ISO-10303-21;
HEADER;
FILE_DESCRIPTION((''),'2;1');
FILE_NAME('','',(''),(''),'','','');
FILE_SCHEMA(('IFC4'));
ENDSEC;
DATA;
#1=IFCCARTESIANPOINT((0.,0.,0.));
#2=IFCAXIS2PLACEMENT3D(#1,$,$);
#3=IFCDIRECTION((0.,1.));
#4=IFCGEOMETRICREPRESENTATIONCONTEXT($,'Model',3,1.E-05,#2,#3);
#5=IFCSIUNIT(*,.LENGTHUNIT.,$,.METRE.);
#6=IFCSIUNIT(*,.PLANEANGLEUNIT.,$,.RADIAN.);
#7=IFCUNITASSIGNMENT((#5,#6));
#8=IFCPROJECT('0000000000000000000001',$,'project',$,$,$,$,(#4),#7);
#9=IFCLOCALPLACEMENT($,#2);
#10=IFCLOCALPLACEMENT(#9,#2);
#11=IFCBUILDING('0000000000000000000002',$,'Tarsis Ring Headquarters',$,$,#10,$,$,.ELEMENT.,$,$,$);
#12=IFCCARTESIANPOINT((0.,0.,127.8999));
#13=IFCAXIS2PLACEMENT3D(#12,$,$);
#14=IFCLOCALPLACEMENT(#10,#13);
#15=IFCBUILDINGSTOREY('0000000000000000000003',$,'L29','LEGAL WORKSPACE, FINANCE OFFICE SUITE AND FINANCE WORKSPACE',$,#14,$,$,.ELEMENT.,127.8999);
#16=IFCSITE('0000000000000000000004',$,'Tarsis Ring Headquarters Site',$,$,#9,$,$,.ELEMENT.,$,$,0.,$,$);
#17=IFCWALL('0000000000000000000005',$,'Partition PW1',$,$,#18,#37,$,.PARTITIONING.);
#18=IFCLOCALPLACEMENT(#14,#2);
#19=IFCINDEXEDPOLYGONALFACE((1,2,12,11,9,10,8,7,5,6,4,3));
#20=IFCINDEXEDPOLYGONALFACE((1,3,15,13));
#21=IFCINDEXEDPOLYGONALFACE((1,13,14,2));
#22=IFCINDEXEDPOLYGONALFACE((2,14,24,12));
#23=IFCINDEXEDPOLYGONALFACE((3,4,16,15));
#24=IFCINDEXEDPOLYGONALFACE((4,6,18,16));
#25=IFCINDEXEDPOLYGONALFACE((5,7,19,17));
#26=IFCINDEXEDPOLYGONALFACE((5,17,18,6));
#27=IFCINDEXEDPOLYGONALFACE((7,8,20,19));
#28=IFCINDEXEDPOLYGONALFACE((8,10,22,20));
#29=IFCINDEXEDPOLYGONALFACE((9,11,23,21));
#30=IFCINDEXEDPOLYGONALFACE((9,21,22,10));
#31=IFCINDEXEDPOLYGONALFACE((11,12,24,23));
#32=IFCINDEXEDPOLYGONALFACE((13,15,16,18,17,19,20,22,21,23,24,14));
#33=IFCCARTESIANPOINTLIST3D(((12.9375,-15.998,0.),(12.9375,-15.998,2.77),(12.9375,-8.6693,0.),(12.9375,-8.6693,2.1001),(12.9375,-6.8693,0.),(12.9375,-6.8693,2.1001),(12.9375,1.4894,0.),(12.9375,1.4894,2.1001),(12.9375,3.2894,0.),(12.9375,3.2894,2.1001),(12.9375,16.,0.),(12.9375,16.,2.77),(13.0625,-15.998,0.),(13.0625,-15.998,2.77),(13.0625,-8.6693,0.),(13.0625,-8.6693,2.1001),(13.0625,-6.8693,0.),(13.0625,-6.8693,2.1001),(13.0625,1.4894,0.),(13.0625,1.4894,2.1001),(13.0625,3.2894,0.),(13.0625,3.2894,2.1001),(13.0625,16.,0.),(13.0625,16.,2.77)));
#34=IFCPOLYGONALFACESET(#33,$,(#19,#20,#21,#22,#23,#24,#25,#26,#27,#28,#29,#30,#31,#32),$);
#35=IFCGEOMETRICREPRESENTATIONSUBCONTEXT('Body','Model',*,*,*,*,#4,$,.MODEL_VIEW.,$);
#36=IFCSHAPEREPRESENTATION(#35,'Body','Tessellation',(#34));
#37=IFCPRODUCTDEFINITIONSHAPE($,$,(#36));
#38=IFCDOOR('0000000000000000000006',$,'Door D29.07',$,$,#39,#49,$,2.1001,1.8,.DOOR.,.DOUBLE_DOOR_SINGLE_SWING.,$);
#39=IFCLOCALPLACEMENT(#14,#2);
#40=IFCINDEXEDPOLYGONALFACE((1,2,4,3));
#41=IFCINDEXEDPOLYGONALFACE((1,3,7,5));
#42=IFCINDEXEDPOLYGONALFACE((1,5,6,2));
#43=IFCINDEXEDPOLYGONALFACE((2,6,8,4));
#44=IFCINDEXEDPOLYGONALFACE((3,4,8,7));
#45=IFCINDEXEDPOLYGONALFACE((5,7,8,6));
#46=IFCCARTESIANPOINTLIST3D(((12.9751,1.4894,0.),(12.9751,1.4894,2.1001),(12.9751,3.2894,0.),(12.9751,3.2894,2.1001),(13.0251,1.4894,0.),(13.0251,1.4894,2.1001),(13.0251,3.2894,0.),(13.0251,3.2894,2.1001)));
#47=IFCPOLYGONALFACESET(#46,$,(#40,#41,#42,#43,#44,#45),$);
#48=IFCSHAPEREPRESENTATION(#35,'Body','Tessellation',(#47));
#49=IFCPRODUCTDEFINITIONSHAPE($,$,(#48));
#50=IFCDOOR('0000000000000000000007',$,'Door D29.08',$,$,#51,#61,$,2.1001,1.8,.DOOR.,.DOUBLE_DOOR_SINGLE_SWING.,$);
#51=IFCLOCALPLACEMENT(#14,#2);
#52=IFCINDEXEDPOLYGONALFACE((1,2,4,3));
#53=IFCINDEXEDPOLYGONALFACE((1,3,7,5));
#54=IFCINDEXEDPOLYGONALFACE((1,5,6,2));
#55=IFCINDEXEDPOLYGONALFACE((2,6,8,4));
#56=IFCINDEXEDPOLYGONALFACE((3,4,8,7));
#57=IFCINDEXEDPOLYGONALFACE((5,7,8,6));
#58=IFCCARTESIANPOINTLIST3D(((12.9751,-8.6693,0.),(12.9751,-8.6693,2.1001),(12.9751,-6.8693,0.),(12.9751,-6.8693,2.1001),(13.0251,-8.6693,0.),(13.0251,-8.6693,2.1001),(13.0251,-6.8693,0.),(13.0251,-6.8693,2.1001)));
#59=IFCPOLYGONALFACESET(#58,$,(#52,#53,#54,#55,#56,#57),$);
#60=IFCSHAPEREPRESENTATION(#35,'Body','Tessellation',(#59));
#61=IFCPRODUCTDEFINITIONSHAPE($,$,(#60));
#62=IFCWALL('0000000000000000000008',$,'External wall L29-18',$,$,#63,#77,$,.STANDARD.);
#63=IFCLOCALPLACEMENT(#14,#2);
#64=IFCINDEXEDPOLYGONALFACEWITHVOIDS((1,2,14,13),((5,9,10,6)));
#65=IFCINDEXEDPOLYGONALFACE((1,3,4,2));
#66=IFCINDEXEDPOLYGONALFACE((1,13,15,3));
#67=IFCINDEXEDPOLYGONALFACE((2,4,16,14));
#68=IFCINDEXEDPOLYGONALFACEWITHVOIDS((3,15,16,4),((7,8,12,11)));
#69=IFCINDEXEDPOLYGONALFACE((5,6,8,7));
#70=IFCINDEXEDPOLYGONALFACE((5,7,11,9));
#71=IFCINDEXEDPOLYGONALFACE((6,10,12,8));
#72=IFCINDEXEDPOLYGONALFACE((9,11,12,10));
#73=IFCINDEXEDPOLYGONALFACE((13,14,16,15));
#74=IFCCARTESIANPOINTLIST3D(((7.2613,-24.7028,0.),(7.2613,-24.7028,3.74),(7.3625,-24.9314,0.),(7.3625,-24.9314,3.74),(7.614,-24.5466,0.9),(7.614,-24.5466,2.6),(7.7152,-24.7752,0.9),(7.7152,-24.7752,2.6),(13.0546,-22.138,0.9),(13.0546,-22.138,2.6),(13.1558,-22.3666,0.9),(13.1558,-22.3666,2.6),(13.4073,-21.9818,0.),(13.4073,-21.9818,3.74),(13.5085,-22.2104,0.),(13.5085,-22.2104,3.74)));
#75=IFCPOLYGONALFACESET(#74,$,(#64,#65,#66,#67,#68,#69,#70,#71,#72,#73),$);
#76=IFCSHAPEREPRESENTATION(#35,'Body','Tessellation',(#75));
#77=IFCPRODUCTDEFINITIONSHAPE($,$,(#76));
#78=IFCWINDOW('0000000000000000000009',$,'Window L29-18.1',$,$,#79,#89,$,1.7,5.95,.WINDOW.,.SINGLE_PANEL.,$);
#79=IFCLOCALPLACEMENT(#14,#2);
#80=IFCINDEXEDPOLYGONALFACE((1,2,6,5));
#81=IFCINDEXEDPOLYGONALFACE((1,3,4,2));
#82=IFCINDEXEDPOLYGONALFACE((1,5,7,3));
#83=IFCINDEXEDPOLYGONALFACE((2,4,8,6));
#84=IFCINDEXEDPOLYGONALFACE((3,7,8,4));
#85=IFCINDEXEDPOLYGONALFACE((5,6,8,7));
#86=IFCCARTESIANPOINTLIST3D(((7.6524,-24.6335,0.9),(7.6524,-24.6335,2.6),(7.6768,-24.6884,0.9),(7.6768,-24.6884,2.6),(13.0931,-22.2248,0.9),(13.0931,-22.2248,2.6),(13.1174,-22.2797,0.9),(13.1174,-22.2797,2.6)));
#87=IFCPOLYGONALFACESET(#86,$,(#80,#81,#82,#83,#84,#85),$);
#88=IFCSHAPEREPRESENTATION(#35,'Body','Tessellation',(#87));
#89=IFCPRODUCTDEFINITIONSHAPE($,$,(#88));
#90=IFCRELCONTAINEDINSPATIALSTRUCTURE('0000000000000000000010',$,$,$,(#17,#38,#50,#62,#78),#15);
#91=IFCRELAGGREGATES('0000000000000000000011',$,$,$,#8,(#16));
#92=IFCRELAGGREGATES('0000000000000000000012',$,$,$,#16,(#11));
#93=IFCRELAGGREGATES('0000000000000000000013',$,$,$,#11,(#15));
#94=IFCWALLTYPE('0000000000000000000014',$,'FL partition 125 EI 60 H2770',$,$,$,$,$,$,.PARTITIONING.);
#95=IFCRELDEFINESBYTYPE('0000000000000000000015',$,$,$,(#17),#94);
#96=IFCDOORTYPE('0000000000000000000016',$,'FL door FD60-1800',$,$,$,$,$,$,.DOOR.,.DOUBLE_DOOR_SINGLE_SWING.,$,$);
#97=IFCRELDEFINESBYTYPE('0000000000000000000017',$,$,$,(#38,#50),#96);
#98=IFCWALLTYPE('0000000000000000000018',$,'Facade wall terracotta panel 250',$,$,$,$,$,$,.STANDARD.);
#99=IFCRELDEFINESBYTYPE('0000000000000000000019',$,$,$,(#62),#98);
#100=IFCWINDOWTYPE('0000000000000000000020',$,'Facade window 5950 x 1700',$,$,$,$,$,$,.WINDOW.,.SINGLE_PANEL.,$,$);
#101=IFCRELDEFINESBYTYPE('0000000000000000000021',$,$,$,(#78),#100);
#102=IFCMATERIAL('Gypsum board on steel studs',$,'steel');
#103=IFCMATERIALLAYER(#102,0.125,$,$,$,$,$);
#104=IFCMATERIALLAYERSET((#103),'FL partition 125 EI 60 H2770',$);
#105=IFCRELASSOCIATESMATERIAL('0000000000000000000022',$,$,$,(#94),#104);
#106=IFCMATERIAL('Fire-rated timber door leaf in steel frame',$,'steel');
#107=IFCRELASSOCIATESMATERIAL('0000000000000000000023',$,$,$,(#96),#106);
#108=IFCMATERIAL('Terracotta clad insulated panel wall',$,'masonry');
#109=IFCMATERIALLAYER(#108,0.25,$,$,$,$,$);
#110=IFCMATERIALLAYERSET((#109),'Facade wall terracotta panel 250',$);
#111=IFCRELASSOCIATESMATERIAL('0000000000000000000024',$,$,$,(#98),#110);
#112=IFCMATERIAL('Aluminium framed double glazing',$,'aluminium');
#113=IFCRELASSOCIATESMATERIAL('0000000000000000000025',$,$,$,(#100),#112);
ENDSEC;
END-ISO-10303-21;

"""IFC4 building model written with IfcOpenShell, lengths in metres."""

from ifc_helpers import new_model, si_unit, direction, frame, frame_2d, origin, place, context, subcontext, project, spatial, rectangle, extrude, material, layer, layer_set, type_object, element, fill, save


model = new_model("IFC4")

# Units and contexts
model_context = context("Model", 3, precision=1e-05, world=origin(), true_north=direction((0.0, 1.0)))
body_context = subcontext(model_context, "Body", "Model", "MODEL_VIEW")
ifc_project = project(units=[si_unit("LENGTHUNIT", "METRE"), si_unit("PLANEANGLEUNIT", "RADIAN")], contexts=[model_context])

# Site, building, storey
site_placement = place(None, origin())
site = spatial("IfcSite", under=ifc_project, at=site_placement, Name="Tarsis Ring Headquarters Site", CompositionType="ELEMENT", RefElevation=0.0)
building_placement = place(site_placement, origin())
building = spatial("IfcBuilding", under=site, at=building_placement, Name="Tarsis Ring Headquarters", CompositionType="ELEMENT")
storey_placement = place(building_placement, frame((0.0, 0.0, 127.8999)))
storey = spatial("IfcBuildingStorey", under=building, at=storey_placement, Name="L29", Description="LEGAL WORKSPACE, FINANCE OFFICE SUITE AND FINANCE WORKSPACE", CompositionType="ELEMENT", Elevation=127.8999)

# Wall, openings, doors
ifc_material_1 = material(Name="Gypsum board on steel studs", Category="steel")
ifc_layer_1 = layer(ifc_material_1, 0.125)
ifc_layer_set_1 = layer_set([ifc_layer_1], Name="FL partition 125 EI 60 H2770")
wall_type_1 = type_object("IfcWallType", Name="FL partition 125 EI 60 H2770", PredefinedType="PARTITIONING", material=ifc_layer_set_1)
wall_1_placement = place(storey_placement, frame((13.0, -15.998, 0.0), z_axis=(0.0, 0.0, 1.0), x_axis=(0.0, 1.0, 0.0)))
wall_1 = element("IfcWall", 1, at=wall_1_placement, inside=storey, type_object=wall_type_1, Name="Partition PW1", PredefinedType="PARTITIONING", context=body_context, shape_type="SweptSolid", body=[
    extrude(rectangle(XDim=31.998, YDim=0.125, at=frame_2d((15.999, 0.0))), origin(), (0.0, 0.0, 1.0), 2.77),
])
opening_1_placement = place(wall_1_placement, frame((17.4875, 0.0, 0.0)))
opening_1 = element("IfcOpeningElement", 2, at=opening_1_placement, cuts=wall_1, PredefinedType="OPENING", context=body_context, shape_type="SweptSolid", body=[
    extrude(rectangle(XDim=1.8, YDim=2.1001, at=frame_2d((0.8999, 1.05))), frame((0.0, 0.0725, 0.0), z_axis=(0.0, -1.0, 0.0), x_axis=(1.0, 0.0, 0.0)), (0.0, 0.0, 1.0), 0.145),
])
opening_2_placement = place(wall_1_placement, frame((7.3289, 0.0, 0.0)))
opening_2 = element("IfcOpeningElement", 3, at=opening_2_placement, cuts=wall_1, PredefinedType="OPENING", context=body_context, shape_type="SweptSolid", body=[
    extrude(rectangle(XDim=1.8, YDim=2.1001, at=frame_2d((0.8999, 1.05))), frame((0.0, 0.0725, 0.0), z_axis=(0.0, -1.0, 0.0), x_axis=(1.0, 0.0, 0.0)), (0.0, 0.0, 1.0), 0.145),
])
ifc_material_2 = material(Name="Fire-rated timber door leaf in steel frame", Category="steel")
door_type_1 = type_object("IfcDoorType", Name="FL door FD60-1800", OperationType="DOUBLE_DOOR_SINGLE_SWING", PredefinedType="DOOR", material=ifc_material_2)
door_1_placement = place(opening_1_placement, origin())
door_1 = element("IfcDoor", 4, at=door_1_placement, inside=storey, type_object=door_type_1, Name="Door D29.07", OperationType="DOUBLE_DOOR_SINGLE_SWING", OverallHeight=2.1001, OverallWidth=1.8, PredefinedType="DOOR", context=body_context, shape_type="SweptSolid", body=[
    extrude(rectangle(XDim=1.8, YDim=2.1001, at=frame_2d((0.8999, 1.05))), frame((0.0, 0.0249, 0.0), z_axis=(0.0, -1.0, 0.0), x_axis=(1.0, 0.0, 0.0)), (0.0, 0.0, 1.0), 0.05),
])
fill(opening_1, door_1)
door_2_placement = place(opening_2_placement, origin())
door_2 = element("IfcDoor", 5, at=door_2_placement, inside=storey, type_object=door_type_1, Name="Door D29.08", OperationType="DOUBLE_DOOR_SINGLE_SWING", OverallHeight=2.1001, OverallWidth=1.8, PredefinedType="DOOR", context=body_context, shape_type="SweptSolid", body=[
    extrude(rectangle(XDim=1.8, YDim=2.1001, at=frame_2d((0.8999, 1.05))), frame((0.0, 0.0249, 0.0), z_axis=(0.0, -1.0, 0.0), x_axis=(1.0, 0.0, 0.0)), (0.0, 0.0, 1.0), 0.05),
])
fill(opening_2, door_2)

# Wall, opening, window
ifc_material_3 = material(Name="Terracotta clad insulated panel wall", Category="masonry")
ifc_layer_2 = layer(ifc_material_3, 0.25)
ifc_layer_set_2 = layer_set([ifc_layer_2], Name="Facade wall terracotta panel 250")
wall_type_2 = type_object("IfcWallType", Name="Facade wall terracotta panel 250", PredefinedType="STANDARD", material=ifc_layer_set_2)
wall_2_placement = place(storey_placement, frame((7.3118, -24.8171, 0.0), z_axis=(0.0, 0.0, 1.0), x_axis=(0.914396, 0.40482, 0.0)))
wall_2 = element("IfcWall", 6, at=wall_2_placement, inside=storey, type_object=wall_type_2, Name="External wall L29-18", PredefinedType="STANDARD", context=body_context, shape_type="SweptSolid", body=[
    extrude(rectangle(XDim=6.7214, YDim=0.25, at=frame_2d((3.3608, 0.0))), origin(), (0.0, 0.0, 1.0), 3.74),
])
opening_3_placement = place(wall_2_placement, frame((0.3857, 0.0, 0.8999)))
opening_3 = element("IfcOpeningElement", 7, at=opening_3_placement, cuts=wall_2, PredefinedType="OPENING", context=body_context, shape_type="SweptSolid", body=[
    extrude(rectangle(XDim=5.95, YDim=1.7, at=frame_2d((2.9751, 0.8501))), frame((0.0, 0.135, 0.0), z_axis=(0.0, -1.0, 0.0), x_axis=(1.0, 0.0, 0.0)), (0.0, 0.0, 1.0), 0.27),
])
ifc_material_4 = material(Name="Aluminium framed double glazing", Category="aluminium")
window_type = type_object("IfcWindowType", Name="Facade window 5950 x 1700", PartitioningType="SINGLE_PANEL", PredefinedType="WINDOW", material=ifc_material_4)
window_placement = place(opening_3_placement, origin())
window = element("IfcWindow", 8, at=window_placement, inside=storey, type_object=window_type, Name="Window L29-18.1", OverallHeight=1.7, OverallWidth=5.95, PartitioningType="SINGLE_PANEL", PredefinedType="WINDOW", context=body_context, shape_type="SweptSolid", body=[
    extrude(rectangle(XDim=5.95, YDim=1.7, at=frame_2d((2.9751, 0.8501))), frame((0.0, 0.03, 0.0), z_axis=(0.0, -1.0, 0.0), x_axis=(1.0, 0.0, 0.0)), (0.0, 0.0, 1.0), 0.0601),
])
fill(opening_3, window)

save(model, "model.ifc")
